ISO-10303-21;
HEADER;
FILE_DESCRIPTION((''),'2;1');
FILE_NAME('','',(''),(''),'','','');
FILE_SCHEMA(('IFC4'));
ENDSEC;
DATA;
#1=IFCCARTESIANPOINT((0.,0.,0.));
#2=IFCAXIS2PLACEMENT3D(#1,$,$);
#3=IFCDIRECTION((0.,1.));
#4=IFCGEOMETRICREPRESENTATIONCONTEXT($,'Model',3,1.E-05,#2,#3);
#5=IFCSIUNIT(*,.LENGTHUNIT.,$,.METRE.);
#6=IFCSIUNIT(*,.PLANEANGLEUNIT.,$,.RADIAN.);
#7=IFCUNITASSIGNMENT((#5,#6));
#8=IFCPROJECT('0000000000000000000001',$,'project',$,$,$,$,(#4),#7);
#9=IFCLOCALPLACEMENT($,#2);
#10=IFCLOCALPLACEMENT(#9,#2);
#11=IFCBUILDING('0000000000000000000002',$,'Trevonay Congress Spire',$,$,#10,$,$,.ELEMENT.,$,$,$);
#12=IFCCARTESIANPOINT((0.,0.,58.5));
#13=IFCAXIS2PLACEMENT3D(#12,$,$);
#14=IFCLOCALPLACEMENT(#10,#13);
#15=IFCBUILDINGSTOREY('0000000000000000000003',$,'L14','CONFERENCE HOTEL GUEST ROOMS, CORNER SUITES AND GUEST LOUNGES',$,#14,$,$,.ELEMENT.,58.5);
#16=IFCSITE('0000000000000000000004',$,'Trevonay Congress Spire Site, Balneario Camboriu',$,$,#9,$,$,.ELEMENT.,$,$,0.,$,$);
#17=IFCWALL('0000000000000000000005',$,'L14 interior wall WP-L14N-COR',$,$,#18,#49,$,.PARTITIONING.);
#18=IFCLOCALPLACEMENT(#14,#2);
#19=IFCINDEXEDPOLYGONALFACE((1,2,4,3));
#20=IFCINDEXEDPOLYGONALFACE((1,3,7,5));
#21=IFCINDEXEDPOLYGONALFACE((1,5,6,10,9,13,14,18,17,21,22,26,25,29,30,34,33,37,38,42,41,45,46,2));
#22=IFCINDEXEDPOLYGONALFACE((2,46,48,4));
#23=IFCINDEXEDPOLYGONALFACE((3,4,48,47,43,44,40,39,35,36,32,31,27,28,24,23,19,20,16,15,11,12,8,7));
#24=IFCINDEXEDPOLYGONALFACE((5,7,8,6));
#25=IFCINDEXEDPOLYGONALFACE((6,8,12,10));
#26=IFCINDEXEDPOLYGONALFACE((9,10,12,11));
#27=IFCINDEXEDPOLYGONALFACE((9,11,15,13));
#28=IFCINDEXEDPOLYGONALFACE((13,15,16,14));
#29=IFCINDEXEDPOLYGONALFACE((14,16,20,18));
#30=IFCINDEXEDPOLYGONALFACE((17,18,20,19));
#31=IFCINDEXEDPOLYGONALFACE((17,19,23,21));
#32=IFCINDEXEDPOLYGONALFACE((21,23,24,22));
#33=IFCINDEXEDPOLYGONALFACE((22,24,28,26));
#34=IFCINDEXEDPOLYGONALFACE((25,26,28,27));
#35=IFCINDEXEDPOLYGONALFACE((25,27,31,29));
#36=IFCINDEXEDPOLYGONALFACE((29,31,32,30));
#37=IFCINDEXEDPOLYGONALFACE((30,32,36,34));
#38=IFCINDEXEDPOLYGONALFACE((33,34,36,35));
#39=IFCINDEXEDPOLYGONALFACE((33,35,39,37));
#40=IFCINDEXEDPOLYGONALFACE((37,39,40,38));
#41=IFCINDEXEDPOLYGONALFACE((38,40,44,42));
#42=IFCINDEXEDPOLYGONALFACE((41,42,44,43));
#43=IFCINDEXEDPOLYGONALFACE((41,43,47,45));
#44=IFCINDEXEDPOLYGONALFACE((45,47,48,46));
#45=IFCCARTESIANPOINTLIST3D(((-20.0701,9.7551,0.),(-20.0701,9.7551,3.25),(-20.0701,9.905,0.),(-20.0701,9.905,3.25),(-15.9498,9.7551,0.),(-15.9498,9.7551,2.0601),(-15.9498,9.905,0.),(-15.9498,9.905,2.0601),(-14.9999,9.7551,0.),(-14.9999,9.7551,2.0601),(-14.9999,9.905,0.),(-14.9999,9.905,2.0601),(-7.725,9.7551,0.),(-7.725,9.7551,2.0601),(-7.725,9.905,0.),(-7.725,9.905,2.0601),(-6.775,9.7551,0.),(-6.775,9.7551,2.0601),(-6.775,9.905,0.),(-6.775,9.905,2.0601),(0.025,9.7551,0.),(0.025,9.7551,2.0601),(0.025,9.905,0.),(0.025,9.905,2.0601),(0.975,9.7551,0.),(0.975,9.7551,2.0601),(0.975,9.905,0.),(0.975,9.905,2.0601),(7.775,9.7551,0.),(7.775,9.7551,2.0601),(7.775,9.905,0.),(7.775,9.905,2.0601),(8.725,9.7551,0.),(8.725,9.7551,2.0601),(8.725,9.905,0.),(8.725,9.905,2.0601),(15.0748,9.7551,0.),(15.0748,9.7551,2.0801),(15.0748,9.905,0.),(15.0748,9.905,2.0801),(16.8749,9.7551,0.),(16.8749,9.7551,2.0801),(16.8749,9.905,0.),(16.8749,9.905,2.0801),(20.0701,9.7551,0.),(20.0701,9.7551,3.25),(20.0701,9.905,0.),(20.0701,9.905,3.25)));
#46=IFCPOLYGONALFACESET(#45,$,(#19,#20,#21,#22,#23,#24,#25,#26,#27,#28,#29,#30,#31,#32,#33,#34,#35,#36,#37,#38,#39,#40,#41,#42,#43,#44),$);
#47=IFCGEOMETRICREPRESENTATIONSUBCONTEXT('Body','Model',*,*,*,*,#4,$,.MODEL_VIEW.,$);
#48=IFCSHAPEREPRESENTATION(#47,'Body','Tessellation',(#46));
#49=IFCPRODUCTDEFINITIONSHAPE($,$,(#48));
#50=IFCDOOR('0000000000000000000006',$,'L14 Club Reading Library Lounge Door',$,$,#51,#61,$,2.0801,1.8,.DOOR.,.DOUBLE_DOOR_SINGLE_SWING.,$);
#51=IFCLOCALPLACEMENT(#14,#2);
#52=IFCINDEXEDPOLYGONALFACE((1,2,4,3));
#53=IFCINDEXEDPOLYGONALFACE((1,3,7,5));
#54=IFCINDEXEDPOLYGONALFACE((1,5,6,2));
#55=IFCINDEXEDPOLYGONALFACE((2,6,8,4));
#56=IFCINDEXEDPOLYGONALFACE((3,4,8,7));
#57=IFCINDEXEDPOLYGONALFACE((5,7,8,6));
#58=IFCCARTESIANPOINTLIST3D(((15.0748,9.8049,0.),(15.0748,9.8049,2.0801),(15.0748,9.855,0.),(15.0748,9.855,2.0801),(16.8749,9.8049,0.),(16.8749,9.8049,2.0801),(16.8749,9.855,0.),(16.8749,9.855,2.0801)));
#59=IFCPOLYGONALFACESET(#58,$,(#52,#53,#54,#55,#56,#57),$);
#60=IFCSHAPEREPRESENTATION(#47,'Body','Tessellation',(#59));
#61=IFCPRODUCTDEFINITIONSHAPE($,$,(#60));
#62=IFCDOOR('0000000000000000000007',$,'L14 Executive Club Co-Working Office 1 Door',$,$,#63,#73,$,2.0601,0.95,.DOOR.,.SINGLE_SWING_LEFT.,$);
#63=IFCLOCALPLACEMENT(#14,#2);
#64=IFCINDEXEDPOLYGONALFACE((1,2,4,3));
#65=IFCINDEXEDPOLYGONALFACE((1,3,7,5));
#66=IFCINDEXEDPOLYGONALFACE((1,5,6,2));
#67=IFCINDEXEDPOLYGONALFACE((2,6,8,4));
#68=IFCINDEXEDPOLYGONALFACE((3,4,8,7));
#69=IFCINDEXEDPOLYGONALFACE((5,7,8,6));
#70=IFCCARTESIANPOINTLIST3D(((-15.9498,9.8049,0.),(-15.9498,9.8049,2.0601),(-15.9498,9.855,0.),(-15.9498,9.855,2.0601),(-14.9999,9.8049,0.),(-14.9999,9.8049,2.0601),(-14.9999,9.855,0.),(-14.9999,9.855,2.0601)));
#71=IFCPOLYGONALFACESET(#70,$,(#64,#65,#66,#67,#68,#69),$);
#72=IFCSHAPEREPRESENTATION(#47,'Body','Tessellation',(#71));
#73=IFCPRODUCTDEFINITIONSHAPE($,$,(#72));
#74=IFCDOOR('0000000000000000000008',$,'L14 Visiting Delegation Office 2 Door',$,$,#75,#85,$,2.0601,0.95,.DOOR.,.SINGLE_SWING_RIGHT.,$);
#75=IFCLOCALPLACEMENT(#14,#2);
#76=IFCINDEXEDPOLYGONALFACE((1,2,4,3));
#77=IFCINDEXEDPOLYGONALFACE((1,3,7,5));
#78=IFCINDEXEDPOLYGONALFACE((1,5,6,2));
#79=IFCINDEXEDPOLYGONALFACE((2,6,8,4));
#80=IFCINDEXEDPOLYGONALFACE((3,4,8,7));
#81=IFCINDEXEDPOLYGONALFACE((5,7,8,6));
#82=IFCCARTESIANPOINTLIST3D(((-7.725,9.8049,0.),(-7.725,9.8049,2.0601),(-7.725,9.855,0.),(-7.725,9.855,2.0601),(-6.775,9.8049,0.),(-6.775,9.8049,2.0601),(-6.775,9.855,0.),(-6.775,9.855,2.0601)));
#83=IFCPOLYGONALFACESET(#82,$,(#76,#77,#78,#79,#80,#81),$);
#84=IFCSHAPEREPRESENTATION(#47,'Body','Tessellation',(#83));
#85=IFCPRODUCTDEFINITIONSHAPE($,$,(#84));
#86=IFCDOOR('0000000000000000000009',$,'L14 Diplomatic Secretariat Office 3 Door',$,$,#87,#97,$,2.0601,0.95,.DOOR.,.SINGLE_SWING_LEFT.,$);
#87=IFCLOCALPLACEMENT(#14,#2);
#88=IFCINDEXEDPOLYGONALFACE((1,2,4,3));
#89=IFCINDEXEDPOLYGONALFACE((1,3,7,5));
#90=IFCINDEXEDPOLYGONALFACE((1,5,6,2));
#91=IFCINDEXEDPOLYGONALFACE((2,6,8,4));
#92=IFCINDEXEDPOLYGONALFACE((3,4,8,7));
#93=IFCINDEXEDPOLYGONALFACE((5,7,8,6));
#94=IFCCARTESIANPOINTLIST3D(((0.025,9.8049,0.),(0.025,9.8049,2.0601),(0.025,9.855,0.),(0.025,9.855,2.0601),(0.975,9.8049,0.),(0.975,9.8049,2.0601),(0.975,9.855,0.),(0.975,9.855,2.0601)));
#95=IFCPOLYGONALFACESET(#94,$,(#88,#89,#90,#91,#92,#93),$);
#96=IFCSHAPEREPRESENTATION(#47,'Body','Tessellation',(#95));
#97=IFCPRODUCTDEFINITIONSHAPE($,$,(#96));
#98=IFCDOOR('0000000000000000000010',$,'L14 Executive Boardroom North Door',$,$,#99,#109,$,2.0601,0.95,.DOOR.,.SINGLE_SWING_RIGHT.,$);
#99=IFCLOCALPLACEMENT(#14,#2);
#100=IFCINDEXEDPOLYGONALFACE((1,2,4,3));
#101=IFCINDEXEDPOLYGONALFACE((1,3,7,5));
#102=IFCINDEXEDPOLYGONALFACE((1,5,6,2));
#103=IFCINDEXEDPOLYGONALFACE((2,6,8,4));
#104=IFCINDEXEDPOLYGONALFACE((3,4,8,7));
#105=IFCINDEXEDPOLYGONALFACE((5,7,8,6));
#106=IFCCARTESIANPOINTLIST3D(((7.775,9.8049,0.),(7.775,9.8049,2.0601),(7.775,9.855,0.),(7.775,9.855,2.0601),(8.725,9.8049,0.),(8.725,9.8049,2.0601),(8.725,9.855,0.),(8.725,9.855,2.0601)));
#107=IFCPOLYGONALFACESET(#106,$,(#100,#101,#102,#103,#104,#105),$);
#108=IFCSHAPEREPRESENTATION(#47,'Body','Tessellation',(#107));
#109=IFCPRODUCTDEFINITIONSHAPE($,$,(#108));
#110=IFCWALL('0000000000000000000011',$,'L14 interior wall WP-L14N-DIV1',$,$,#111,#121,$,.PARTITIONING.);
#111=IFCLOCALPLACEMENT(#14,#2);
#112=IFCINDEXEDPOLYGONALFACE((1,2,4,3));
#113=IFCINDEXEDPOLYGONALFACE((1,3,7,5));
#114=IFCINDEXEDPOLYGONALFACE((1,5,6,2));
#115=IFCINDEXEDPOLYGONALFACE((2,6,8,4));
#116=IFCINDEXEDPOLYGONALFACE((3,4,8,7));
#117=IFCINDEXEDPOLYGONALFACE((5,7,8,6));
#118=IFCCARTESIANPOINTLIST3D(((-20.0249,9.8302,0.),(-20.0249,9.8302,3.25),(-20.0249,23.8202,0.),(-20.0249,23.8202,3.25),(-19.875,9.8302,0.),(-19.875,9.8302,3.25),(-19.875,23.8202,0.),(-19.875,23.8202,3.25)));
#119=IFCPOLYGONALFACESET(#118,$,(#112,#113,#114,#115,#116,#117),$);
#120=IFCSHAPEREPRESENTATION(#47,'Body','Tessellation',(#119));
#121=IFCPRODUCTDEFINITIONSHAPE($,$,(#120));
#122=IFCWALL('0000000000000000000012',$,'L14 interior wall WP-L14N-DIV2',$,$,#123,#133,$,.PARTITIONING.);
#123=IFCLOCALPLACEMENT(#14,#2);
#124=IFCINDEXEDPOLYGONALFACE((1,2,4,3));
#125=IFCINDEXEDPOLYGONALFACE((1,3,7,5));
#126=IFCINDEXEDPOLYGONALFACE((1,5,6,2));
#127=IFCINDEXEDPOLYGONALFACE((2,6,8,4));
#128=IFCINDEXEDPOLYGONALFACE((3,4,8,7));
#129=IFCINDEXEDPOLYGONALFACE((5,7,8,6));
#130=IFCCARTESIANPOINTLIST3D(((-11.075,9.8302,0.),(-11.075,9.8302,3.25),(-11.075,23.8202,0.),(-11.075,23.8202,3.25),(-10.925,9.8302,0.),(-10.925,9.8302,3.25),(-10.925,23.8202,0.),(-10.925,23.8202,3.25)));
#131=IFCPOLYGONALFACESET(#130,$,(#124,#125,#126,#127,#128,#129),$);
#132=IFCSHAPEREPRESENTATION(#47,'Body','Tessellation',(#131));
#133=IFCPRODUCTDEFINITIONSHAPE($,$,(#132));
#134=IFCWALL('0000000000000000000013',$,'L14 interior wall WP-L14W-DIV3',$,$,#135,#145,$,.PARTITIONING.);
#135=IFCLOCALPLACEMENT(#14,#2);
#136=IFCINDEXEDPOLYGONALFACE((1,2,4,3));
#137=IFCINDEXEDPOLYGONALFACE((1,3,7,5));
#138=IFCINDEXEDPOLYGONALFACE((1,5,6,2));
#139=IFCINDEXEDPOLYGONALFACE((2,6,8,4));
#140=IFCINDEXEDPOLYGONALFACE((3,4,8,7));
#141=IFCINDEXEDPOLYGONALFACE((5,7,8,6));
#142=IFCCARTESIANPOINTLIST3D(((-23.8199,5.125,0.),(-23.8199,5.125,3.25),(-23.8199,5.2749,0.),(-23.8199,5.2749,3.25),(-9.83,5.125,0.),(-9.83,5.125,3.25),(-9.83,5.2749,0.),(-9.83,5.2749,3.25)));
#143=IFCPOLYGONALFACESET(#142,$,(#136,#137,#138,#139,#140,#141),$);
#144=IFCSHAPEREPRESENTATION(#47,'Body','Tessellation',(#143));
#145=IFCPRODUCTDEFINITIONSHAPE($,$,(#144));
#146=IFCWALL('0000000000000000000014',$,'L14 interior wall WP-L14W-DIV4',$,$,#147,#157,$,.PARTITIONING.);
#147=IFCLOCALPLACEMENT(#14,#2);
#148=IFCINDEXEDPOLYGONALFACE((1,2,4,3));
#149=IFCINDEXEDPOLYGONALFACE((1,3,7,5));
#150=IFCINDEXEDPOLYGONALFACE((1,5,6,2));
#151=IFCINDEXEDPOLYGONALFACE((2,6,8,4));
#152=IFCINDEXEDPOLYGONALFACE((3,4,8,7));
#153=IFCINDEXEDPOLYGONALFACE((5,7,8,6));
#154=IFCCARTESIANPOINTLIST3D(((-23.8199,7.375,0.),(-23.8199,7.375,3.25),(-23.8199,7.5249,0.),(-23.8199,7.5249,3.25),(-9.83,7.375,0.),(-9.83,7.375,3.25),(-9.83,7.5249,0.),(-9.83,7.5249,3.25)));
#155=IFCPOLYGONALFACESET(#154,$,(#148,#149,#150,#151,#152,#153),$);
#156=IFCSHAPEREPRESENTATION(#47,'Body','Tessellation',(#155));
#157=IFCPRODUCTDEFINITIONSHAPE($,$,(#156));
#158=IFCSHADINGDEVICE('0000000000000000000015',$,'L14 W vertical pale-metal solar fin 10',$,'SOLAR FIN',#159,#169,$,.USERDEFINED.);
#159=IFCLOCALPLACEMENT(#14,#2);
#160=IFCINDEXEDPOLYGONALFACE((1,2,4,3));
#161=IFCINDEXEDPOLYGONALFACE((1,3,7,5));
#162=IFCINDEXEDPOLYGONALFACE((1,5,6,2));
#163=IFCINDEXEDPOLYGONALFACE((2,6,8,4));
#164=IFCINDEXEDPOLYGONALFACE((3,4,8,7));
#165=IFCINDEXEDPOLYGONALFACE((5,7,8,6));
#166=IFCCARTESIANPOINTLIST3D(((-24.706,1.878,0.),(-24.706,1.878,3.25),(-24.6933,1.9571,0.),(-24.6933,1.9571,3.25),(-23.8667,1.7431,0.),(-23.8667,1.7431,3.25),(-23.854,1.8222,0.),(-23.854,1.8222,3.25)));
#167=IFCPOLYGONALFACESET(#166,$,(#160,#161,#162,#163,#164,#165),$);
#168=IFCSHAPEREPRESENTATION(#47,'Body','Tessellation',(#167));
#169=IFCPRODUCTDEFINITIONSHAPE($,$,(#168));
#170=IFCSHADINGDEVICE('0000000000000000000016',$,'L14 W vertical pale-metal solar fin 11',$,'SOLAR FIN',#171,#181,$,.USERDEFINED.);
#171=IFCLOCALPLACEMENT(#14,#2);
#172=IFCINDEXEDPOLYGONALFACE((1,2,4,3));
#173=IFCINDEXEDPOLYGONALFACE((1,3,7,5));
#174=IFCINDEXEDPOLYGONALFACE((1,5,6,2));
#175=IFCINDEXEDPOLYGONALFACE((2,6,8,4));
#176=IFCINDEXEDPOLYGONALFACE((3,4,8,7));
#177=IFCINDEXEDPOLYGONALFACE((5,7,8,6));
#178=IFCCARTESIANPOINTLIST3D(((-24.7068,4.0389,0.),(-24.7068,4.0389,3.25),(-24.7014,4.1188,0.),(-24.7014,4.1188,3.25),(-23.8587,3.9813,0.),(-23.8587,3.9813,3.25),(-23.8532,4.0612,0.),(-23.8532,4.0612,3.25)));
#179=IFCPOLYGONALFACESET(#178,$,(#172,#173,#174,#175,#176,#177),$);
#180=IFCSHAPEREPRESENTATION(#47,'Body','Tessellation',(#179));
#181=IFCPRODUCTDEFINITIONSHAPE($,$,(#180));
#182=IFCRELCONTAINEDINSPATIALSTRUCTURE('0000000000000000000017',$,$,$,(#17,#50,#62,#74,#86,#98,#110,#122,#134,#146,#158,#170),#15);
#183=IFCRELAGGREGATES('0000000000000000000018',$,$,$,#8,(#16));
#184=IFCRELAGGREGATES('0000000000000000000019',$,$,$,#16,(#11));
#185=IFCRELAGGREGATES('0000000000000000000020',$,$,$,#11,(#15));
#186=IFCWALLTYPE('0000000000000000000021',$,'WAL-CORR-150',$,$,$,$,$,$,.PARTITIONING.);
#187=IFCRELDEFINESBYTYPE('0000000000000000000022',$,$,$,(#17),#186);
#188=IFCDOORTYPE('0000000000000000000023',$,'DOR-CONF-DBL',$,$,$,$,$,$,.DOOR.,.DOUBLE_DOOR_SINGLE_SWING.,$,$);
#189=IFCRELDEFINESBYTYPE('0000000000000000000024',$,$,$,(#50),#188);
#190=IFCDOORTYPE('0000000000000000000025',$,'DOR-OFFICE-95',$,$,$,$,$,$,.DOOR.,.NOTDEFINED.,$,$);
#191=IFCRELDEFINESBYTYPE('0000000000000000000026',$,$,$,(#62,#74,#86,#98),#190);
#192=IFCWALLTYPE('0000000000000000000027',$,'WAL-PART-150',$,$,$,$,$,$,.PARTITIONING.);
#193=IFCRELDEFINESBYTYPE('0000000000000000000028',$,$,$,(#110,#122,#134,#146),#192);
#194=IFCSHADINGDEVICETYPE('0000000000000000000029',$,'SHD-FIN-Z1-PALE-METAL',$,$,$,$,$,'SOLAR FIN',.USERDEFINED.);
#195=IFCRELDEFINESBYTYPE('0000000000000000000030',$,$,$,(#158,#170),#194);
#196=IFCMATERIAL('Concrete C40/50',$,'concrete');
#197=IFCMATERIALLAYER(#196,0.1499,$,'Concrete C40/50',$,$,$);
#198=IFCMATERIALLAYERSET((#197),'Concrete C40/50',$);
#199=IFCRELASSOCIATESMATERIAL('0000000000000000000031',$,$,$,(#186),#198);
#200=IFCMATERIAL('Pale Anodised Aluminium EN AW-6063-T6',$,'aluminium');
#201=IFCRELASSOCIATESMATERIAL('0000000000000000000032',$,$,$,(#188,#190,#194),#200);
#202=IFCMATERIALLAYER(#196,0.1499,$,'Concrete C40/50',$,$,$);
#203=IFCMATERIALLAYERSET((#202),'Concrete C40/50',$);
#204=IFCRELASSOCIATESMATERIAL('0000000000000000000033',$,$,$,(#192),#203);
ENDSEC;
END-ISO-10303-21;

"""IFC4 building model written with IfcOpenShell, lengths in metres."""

from ifc_helpers import new_model, si_unit, direction, frame, frame_2d, origin, origin_2d, place, context, subcontext, project, spatial, rectangle, extrude, material, layer, layer_set, type_object, element, fill, save


model = new_model("IFC4")

# Units and contexts
model_context = context("Model", 3, precision=1e-05, world=origin(), true_north=direction((0.0, 1.0)))
body_context = subcontext(model_context, "Body", "Model", "MODEL_VIEW")
ifc_project = project(units=[si_unit("LENGTHUNIT", "METRE"), si_unit("PLANEANGLEUNIT", "RADIAN")], contexts=[model_context])

# Site, building, storey
site_placement = place(None, origin())
site = spatial("IfcSite", under=ifc_project, at=site_placement, Name="Trevonay Congress Spire Site, Balneario Camboriu", CompositionType="ELEMENT", RefElevation=0.0)
building_placement = place(site_placement, origin())
building = spatial("IfcBuilding", under=site, at=building_placement, Name="Trevonay Congress Spire", CompositionType="ELEMENT")
storey_placement = place(building_placement, frame((0.0, 0.0, 58.5)))
storey = spatial("IfcBuildingStorey", under=building, at=storey_placement, Name="L14", Description="CONFERENCE HOTEL GUEST ROOMS, CORNER SUITES AND GUEST LOUNGES", CompositionType="ELEMENT", Elevation=58.5)

# Shared definitions
ifc_material_1 = material(Name="Pale Anodised Aluminium EN AW-6063-T6", Category="aluminium")

# Wall, openings, doors
ifc_material_2 = material(Name="Concrete C40/50", Category="concrete")
ifc_layer_1 = layer(ifc_material_2, 0.1499, Name="Concrete C40/50")
ifc_layer_set_1 = layer_set([ifc_layer_1], Name="Concrete C40/50")
wall_type_1 = type_object("IfcWallType", Name="WAL-CORR-150", PredefinedType="PARTITIONING", material=ifc_layer_set_1)
wall_placement = place(storey_placement, frame((-20.0701, 9.8301, 0.0), z_axis=(0.0, 0.0, 1.0), x_axis=(1.0, 0.0, 0.0)))
wall = element("IfcWall", 1, at=wall_placement, inside=storey, type_object=wall_type_1, Name="L14 interior wall WP-L14N-COR", PredefinedType="PARTITIONING", context=body_context, shape_type="SweptSolid", body=[
    extrude(rectangle(XDim=40.1401, YDim=0.1499, at=frame_2d((20.0701, 0.0))), origin(), (0.0, 0.0, 1.0), 3.25),
])
opening_1_placement = place(wall_placement, frame((4.1201, 0.0, 0.0)))
opening_1 = element("IfcOpeningElement", 2, at=opening_1_placement, cuts=wall, PredefinedType="OPENING", context=body_context, shape_type="SweptSolid", body=[
    extrude(rectangle(XDim=0.95, YDim=2.0601, at=frame_2d((0.4751, 1.03))), frame((0.0, 0.085, 0.0), z_axis=(0.0, -1.0, 0.0), x_axis=(1.0, 0.0, 0.0)), (0.0, 0.0, 1.0), 0.1699),
])
opening_2_placement = place(wall_placement, frame((12.345, 0.0, 0.0)))
opening_2 = element("IfcOpeningElement", 3, at=opening_2_placement, cuts=wall, PredefinedType="OPENING", context=body_context, shape_type="SweptSolid", body=[
    extrude(rectangle(XDim=0.95, YDim=2.0601, at=frame_2d((0.4751, 1.03))), frame((0.0, 0.085, 0.0), z_axis=(0.0, -1.0, 0.0), x_axis=(1.0, 0.0, 0.0)), (0.0, 0.0, 1.0), 0.1699),
])
opening_3_placement = place(wall_placement, frame((20.095, 0.0, 0.0)))
opening_3 = element("IfcOpeningElement", 4, at=opening_3_placement, cuts=wall, PredefinedType="OPENING", context=body_context, shape_type="SweptSolid", body=[
    extrude(rectangle(XDim=0.95, YDim=2.0601, at=frame_2d((0.4751, 1.03))), frame((0.0, 0.085, 0.0), z_axis=(0.0, -1.0, 0.0), x_axis=(1.0, 0.0, 0.0)), (0.0, 0.0, 1.0), 0.1699),
])
opening_4_placement = place(wall_placement, frame((27.845, 0.0, 0.0)))
opening_4 = element("IfcOpeningElement", 5, at=opening_4_placement, cuts=wall, PredefinedType="OPENING", context=body_context, shape_type="SweptSolid", body=[
    extrude(rectangle(XDim=0.95, YDim=2.0601, at=frame_2d((0.4751, 1.03))), frame((0.0, 0.085, 0.0), z_axis=(0.0, -1.0, 0.0), x_axis=(1.0, 0.0, 0.0)), (0.0, 0.0, 1.0), 0.1699),
])
opening_5_placement = place(wall_placement, frame((35.145, 0.0, 0.0)))
opening_5 = element("IfcOpeningElement", 6, at=opening_5_placement, cuts=wall, PredefinedType="OPENING", context=body_context, shape_type="SweptSolid", body=[
    extrude(rectangle(XDim=1.8, YDim=2.0801, at=frame_2d((0.8999, 1.04))), frame((0.0, 0.085, 0.0), z_axis=(0.0, -1.0, 0.0), x_axis=(1.0, 0.0, 0.0)), (0.0, 0.0, 1.0), 0.1699),
])
door_type_1 = type_object("IfcDoorType", Name="DOR-CONF-DBL", OperationType="DOUBLE_DOOR_SINGLE_SWING", PredefinedType="DOOR", material=ifc_material_1)
door_1_placement = place(opening_5_placement, origin())
door_1 = element("IfcDoor", 7, at=door_1_placement, inside=storey, type_object=door_type_1, Name="L14 Club Reading Library Lounge Door", OperationType="DOUBLE_DOOR_SINGLE_SWING", OverallHeight=2.0801, OverallWidth=1.8, PredefinedType="DOOR", context=body_context, shape_type="SweptSolid", body=[
    extrude(rectangle(XDim=1.8, YDim=2.0801, at=frame_2d((0.8999, 1.04))), frame((0.0, 0.0249, 0.0), z_axis=(0.0, -1.0, 0.0), x_axis=(1.0, 0.0, 0.0)), (0.0, 0.0, 1.0), 0.05),
])
fill(opening_5, door_1)
door_type_2 = type_object("IfcDoorType", Name="DOR-OFFICE-95", OperationType="NOTDEFINED", PredefinedType="DOOR", material=ifc_material_1)
door_2_placement = place(opening_1_placement, origin())
door_2 = element("IfcDoor", 8, at=door_2_placement, inside=storey, type_object=door_type_2, Name="L14 Executive Club Co-Working Office 1 Door", OperationType="SINGLE_SWING_LEFT", OverallHeight=2.0601, OverallWidth=0.95, PredefinedType="DOOR", context=body_context, shape_type="SweptSolid", body=[
    extrude(rectangle(XDim=0.95, YDim=2.0601, at=frame_2d((0.4751, 1.03))), frame((0.0, 0.0249, 0.0), z_axis=(0.0, -1.0, 0.0), x_axis=(1.0, 0.0, 0.0)), (0.0, 0.0, 1.0), 0.05),
])
fill(opening_1, door_2)
door_3_placement = place(opening_2_placement, origin())
door_3 = element("IfcDoor", 9, at=door_3_placement, inside=storey, type_object=door_type_2, Name="L14 Visiting Delegation Office 2 Door", OperationType="SINGLE_SWING_RIGHT", OverallHeight=2.0601, OverallWidth=0.95, PredefinedType="DOOR", context=body_context, shape_type="SweptSolid", body=[
    extrude(rectangle(XDim=0.95, YDim=2.0601, at=frame_2d((0.4751, 1.03))), frame((0.0, 0.0249, 0.0), z_axis=(0.0, -1.0, 0.0), x_axis=(1.0, 0.0, 0.0)), (0.0, 0.0, 1.0), 0.05),
])
fill(opening_2, door_3)
door_4_placement = place(opening_3_placement, origin())
door_4 = element("IfcDoor", 10, at=door_4_placement, inside=storey, type_object=door_type_2, Name="L14 Diplomatic Secretariat Office 3 Door", OperationType="SINGLE_SWING_LEFT", OverallHeight=2.0601, OverallWidth=0.95, PredefinedType="DOOR", context=body_context, shape_type="SweptSolid", body=[
    extrude(rectangle(XDim=0.95, YDim=2.0601, at=frame_2d((0.4751, 1.03))), frame((0.0, 0.0249, 0.0), z_axis=(0.0, -1.0, 0.0), x_axis=(1.0, 0.0, 0.0)), (0.0, 0.0, 1.0), 0.05),
])
fill(opening_3, door_4)
door_5_placement = place(opening_4_placement, origin())
door_5 = element("IfcDoor", 11, at=door_5_placement, inside=storey, type_object=door_type_2, Name="L14 Executive Boardroom North Door", OperationType="SINGLE_SWING_RIGHT", OverallHeight=2.0601, OverallWidth=0.95, PredefinedType="DOOR", context=body_context, shape_type="SweptSolid", body=[
    extrude(rectangle(XDim=0.95, YDim=2.0601, at=frame_2d((0.4751, 1.03))), frame((0.0, 0.0249, 0.0), z_axis=(0.0, -1.0, 0.0), x_axis=(1.0, 0.0, 0.0)), (0.0, 0.0, 1.0), 0.05),
])
fill(opening_4, door_5)

# Walls
ifc_layer_2 = layer(ifc_material_2, 0.1499, Name="Concrete C40/50")
ifc_layer_set_2 = layer_set([ifc_layer_2], Name="Concrete C40/50")
wall_type_2 = type_object("IfcWallType", Name="WAL-PART-150", PredefinedType="PARTITIONING", material=ifc_layer_set_2)
for number, where, z_axis, x_axis, name in (
    (12, (-19.95, 9.8301, 0.0), (0.0, 0.0, 1.0), (0.0, 1.0, 0.0), "L14 interior wall WP-L14N-DIV1"),
    (13, (-11.0, 9.8301, 0.0), (0.0, 0.0, 1.0), (0.0, 1.0, 0.0), "L14 interior wall WP-L14N-DIV2"),
    (14, (-23.8201, 5.2, 0.0), (0.0, 0.0, 1.0), (1.0, 0.0, 0.0), "L14 interior wall WP-L14W-DIV3"),
    (15, (-23.8201, 7.45, 0.0), (0.0, 0.0, 1.0), (1.0, 0.0, 0.0), "L14 interior wall WP-L14W-DIV4"),
):
    element("IfcWall", number, at=place(storey_placement, frame(where, z_axis=z_axis, x_axis=x_axis)), inside=storey, type_object=wall_type_2, Name=name, PredefinedType="PARTITIONING", context=body_context, shape_type="SweptSolid", body=[
        extrude(rectangle(XDim=13.99, YDim=0.1499, at=frame_2d((6.9951, 0.0))), origin(), (0.0, 0.0, 1.0), 3.25),
    ])

# Shading devices
shading_device_type = type_object("IfcShadingDeviceType", Name="SHD-FIN-Z1-PALE-METAL", ElementType="SOLAR FIN", PredefinedType="USERDEFINED", material=ifc_material_1)
for number, where, z_axis, x_axis, name in (
    (16, (-24.28, 1.8501, 0.0), (0.0, 0.0, 1.0), (0.158675, 0.987331, 0.0), "L14 W vertical pale-metal solar fin 10"),
    (17, (-24.28, 4.05, 0.0), (0.0, 0.0, 1.0), (0.067667, 0.997708, 0.0), "L14 W vertical pale-metal solar fin 11"),
):
    element("IfcShadingDevice", number, at=place(storey_placement, frame(where, z_axis=z_axis, x_axis=x_axis)), inside=storey, type_object=shading_device_type, Name=name, ObjectType="SOLAR FIN", PredefinedType="USERDEFINED", context=body_context, shape_type="SweptSolid", body=[
        extrude(rectangle(XDim=0.0801, YDim=0.8501, at=origin_2d()), origin(), (0.0, 0.0, 1.0), 3.25),
    ])

save(model, "model.ifc")
